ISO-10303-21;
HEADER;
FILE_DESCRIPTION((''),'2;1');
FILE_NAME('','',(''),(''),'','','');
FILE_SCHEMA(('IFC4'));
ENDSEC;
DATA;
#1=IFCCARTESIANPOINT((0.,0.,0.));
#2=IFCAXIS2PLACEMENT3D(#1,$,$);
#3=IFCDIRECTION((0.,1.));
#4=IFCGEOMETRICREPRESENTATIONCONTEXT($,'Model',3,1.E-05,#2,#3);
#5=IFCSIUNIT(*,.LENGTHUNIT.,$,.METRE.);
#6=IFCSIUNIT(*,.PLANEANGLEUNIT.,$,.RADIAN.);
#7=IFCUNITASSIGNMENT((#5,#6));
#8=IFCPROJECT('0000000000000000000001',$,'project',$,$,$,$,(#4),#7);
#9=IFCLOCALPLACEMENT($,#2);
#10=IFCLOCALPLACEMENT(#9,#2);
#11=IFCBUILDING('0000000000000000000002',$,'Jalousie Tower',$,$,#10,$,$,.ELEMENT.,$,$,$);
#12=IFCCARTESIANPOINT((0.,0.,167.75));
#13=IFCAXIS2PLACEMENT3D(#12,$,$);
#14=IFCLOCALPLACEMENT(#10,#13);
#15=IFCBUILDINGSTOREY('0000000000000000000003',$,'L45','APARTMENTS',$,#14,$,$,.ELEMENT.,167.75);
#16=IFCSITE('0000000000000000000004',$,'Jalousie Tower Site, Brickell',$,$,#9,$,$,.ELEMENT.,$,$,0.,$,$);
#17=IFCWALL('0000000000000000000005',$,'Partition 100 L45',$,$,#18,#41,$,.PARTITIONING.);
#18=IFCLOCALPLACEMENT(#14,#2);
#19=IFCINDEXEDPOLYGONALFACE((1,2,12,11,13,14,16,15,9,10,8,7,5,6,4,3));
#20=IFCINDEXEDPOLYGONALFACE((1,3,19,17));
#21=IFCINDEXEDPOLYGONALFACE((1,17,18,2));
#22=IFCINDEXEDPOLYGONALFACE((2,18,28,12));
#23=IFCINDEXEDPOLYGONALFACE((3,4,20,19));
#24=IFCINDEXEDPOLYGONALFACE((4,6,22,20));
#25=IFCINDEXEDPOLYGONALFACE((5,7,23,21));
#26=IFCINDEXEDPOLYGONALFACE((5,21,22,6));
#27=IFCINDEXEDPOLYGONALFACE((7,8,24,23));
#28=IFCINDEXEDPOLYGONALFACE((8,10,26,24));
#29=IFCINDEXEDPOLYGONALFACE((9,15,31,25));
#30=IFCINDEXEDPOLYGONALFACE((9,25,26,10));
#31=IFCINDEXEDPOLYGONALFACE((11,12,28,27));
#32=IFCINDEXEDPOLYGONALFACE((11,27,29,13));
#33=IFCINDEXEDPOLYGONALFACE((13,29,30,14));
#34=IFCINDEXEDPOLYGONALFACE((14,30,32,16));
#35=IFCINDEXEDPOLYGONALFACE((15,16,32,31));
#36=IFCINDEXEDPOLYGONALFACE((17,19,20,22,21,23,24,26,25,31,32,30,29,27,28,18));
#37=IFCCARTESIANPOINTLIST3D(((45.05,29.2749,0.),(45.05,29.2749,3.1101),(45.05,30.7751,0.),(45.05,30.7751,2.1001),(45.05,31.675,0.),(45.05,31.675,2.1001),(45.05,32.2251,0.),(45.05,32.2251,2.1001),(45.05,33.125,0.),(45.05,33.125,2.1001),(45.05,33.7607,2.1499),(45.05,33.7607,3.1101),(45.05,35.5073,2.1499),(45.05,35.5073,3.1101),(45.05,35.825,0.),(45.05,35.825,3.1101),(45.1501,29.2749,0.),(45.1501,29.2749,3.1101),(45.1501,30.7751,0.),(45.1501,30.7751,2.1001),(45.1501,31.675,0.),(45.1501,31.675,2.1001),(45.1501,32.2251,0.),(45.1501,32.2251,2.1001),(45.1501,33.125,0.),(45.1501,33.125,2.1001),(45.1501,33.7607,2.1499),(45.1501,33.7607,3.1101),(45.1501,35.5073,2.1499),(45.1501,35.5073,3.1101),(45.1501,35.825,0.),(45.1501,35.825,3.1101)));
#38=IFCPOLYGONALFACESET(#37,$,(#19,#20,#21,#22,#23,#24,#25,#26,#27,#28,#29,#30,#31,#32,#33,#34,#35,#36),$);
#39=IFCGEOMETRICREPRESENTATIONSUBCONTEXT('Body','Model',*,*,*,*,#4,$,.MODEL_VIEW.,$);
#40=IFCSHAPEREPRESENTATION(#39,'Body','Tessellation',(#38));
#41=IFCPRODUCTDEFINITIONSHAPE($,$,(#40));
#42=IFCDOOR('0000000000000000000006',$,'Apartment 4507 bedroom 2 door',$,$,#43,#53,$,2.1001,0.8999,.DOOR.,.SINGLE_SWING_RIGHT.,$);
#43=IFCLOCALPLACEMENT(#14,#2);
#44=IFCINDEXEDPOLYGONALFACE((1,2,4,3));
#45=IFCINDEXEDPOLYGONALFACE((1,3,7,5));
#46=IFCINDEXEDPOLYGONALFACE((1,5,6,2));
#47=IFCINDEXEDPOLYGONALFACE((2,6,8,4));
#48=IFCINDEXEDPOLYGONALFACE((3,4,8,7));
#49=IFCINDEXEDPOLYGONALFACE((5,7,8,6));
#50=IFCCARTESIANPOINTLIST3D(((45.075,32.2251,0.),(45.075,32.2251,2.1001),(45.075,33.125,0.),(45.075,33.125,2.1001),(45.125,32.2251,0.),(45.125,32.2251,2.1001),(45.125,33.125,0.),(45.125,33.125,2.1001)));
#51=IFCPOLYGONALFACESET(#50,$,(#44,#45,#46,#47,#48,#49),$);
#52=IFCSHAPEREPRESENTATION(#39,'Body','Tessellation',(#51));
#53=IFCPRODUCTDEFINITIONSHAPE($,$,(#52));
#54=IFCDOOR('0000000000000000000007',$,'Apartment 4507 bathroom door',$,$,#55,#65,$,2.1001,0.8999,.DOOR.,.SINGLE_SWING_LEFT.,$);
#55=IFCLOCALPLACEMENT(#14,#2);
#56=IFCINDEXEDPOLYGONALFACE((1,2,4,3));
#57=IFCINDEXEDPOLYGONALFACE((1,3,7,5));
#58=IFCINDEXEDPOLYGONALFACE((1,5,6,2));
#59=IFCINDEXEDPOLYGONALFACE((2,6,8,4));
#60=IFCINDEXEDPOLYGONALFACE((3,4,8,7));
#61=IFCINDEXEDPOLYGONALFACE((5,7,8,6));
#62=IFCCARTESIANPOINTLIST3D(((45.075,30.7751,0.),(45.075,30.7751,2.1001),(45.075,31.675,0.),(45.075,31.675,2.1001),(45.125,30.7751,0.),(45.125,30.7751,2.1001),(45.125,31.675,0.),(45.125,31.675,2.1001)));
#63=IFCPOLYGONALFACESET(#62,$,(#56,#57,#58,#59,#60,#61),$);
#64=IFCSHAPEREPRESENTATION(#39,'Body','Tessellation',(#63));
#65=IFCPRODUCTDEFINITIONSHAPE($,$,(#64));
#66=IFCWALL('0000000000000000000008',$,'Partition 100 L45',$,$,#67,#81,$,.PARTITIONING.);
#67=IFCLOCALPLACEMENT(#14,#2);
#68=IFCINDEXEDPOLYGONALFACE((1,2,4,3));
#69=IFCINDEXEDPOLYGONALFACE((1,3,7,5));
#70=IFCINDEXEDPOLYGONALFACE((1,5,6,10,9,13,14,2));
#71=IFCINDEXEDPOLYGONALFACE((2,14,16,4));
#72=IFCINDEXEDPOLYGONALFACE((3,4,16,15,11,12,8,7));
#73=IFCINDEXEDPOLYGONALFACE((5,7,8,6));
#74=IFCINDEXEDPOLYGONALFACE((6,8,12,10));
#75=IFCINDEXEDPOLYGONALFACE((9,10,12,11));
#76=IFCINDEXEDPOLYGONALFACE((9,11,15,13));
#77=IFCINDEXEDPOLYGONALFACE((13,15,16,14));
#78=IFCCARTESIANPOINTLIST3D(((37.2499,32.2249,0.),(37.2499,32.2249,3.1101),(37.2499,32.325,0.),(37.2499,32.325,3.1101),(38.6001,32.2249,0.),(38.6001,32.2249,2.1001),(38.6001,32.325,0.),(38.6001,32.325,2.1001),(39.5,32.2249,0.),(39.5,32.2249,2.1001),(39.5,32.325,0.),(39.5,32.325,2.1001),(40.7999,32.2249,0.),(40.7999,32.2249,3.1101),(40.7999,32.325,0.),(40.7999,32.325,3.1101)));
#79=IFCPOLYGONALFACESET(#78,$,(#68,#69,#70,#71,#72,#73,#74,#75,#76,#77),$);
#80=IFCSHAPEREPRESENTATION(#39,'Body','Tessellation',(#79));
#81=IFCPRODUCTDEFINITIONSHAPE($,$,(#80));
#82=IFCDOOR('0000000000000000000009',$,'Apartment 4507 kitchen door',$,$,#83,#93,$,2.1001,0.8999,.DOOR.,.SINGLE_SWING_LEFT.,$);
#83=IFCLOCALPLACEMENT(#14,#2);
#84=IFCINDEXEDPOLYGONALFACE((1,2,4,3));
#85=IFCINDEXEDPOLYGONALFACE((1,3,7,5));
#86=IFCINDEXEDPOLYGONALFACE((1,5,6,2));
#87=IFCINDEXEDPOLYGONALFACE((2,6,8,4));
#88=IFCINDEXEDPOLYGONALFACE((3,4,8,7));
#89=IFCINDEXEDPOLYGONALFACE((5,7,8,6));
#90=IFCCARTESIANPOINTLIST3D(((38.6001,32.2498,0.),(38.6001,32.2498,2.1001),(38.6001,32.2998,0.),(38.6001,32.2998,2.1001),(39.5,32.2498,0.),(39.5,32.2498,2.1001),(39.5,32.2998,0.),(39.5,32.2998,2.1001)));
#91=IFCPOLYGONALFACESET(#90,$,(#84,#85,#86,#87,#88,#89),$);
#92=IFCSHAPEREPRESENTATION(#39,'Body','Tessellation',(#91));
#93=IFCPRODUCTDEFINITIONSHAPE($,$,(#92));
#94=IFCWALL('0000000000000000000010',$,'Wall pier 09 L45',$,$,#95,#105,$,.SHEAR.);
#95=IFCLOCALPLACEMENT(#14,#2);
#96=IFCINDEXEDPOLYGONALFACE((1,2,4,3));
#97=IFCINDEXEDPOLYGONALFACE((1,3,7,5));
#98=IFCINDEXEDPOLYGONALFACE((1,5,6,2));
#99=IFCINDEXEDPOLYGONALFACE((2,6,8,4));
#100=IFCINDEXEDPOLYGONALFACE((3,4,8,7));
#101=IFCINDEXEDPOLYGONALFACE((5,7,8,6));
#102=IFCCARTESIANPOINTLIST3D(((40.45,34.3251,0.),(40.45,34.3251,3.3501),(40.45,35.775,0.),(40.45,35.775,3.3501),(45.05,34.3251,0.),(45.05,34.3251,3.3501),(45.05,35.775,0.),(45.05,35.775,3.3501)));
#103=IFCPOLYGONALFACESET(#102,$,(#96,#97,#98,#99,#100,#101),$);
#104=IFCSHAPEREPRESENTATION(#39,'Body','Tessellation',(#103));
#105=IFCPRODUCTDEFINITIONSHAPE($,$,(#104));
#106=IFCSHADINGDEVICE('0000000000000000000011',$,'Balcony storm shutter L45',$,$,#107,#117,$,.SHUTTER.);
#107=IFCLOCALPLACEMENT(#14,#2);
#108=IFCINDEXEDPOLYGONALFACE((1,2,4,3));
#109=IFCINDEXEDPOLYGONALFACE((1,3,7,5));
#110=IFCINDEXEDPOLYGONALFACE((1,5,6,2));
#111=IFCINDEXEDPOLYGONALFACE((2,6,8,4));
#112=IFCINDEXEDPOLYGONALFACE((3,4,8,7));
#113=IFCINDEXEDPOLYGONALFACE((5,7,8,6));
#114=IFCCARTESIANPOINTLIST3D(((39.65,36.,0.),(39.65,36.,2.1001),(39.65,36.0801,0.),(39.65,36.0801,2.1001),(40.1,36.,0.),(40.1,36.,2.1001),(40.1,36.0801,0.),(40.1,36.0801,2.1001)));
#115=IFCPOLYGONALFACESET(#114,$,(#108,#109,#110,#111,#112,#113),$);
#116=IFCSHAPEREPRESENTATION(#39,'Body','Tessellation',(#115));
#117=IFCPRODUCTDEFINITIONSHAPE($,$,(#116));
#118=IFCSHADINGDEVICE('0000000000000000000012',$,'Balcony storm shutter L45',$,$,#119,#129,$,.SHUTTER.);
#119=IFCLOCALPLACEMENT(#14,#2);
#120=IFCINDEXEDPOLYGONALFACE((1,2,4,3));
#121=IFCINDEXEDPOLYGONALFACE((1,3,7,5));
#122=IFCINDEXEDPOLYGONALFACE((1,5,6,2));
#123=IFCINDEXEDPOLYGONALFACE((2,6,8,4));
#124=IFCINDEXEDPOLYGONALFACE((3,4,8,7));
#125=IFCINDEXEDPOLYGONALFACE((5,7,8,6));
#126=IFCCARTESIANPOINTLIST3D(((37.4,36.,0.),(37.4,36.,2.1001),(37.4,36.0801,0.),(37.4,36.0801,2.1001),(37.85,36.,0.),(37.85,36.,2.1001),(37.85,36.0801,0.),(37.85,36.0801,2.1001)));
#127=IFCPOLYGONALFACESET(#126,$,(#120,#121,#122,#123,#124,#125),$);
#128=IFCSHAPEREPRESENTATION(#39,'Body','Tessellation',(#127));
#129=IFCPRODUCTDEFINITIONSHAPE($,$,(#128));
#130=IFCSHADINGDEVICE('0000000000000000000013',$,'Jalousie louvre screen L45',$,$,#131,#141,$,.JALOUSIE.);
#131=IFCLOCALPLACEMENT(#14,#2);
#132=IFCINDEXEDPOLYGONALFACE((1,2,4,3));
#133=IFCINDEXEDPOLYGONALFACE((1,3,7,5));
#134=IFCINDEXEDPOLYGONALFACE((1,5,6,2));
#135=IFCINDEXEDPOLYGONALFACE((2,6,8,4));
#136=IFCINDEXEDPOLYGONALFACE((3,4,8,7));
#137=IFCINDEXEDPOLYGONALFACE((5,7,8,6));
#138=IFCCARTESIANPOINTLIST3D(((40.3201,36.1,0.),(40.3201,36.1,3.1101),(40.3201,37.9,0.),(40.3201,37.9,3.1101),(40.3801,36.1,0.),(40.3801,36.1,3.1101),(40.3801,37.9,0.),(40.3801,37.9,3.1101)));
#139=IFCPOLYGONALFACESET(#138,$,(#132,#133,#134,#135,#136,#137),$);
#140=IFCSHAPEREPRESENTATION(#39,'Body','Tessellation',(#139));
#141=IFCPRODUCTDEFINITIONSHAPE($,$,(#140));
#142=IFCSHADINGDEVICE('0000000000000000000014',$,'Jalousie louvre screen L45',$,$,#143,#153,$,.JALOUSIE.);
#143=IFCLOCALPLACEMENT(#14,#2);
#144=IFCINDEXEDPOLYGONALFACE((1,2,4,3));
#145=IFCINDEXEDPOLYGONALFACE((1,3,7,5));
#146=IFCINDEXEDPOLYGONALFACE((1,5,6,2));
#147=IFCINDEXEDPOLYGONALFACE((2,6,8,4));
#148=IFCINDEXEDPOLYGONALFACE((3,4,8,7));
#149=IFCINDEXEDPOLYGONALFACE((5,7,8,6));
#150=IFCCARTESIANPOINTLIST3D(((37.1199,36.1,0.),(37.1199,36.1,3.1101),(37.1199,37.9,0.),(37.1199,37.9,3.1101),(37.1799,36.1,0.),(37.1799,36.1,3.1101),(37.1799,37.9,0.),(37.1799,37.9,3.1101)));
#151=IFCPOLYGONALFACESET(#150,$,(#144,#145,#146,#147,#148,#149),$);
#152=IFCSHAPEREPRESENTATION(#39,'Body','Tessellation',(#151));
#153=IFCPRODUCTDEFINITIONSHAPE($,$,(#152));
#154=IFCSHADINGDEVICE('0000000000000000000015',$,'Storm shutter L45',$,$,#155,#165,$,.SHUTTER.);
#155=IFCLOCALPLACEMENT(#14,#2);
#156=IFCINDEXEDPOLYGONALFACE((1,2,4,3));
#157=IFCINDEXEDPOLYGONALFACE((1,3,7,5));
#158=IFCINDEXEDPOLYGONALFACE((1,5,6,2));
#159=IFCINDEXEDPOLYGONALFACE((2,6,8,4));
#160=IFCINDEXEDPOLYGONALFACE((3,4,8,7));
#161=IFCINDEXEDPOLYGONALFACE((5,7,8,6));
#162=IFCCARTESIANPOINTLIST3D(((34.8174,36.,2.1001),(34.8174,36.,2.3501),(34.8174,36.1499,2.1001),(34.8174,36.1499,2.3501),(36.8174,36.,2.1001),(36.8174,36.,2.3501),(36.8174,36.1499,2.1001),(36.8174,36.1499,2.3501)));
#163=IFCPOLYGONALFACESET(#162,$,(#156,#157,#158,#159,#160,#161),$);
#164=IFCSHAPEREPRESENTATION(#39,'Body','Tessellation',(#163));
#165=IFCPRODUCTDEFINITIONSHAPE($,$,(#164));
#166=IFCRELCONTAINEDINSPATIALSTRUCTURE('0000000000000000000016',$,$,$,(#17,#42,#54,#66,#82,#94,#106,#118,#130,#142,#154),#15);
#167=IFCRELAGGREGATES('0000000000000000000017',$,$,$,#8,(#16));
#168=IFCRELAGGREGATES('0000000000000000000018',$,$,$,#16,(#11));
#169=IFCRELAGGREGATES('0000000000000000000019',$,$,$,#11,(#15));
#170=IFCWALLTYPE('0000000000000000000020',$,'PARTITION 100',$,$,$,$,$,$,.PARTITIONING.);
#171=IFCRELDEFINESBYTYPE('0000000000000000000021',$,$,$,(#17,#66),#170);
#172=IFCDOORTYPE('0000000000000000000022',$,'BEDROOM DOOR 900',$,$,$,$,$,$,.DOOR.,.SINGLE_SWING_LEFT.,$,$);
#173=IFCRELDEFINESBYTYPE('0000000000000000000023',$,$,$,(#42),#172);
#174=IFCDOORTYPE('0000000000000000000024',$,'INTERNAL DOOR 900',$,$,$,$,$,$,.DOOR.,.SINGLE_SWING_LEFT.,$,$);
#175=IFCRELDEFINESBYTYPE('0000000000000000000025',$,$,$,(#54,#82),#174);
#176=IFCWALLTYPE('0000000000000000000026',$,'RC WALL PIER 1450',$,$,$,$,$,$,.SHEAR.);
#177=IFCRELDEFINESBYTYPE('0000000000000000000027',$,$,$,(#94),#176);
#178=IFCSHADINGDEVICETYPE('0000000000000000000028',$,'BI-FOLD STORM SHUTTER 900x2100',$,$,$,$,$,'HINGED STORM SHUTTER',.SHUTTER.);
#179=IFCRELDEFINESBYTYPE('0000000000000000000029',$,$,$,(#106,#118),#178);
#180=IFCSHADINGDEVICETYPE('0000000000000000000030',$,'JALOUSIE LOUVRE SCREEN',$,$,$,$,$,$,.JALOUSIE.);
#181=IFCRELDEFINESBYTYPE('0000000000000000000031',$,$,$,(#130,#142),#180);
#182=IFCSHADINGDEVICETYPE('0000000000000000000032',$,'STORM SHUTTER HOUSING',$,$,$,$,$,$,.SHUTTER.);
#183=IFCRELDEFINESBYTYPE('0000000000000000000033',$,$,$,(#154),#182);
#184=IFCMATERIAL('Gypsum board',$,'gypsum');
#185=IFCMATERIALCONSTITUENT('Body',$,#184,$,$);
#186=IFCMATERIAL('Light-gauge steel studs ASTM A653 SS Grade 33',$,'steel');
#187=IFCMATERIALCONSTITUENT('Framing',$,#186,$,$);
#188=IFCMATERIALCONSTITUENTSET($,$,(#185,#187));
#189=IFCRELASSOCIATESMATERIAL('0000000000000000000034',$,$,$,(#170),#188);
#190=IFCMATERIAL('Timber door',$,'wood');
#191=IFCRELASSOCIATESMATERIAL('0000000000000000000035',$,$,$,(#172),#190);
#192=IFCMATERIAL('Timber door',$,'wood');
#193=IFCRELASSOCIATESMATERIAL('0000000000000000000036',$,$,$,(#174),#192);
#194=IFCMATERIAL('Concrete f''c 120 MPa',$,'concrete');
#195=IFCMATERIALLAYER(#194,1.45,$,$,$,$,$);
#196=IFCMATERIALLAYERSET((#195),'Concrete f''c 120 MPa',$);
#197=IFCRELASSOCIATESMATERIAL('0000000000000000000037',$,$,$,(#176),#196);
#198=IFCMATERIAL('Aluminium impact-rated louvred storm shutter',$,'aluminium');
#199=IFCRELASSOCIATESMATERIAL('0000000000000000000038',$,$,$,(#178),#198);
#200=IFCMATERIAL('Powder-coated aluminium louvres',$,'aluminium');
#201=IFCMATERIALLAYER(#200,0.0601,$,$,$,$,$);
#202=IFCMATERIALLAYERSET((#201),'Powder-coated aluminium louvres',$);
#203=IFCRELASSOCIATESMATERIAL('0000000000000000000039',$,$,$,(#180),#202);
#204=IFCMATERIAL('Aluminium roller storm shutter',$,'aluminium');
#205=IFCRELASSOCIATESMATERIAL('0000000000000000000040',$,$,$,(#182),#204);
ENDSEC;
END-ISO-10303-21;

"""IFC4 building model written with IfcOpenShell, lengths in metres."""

from ifc_helpers import new_model, si_unit, direction, frame, frame_2d, origin, origin_2d, place, context, subcontext, project, spatial, polyline, rectangle, outline, extrude, material, layer, layer_set, constituent, constituent_set, type_object, element, fill, save


model = new_model("IFC4")

# Units and contexts
model_context = context("Model", 3, precision=1e-05, world=origin(), true_north=direction((0.0, 1.0)))
body_context = subcontext(model_context, "Body", "Model", "MODEL_VIEW")
ifc_project = project(units=[si_unit("LENGTHUNIT", "METRE"), si_unit("PLANEANGLEUNIT", "RADIAN")], contexts=[model_context])

# Site, building, storey
site_placement = place(None, origin())
site = spatial("IfcSite", under=ifc_project, at=site_placement, Name="Jalousie Tower Site, Brickell", CompositionType="ELEMENT", RefElevation=0.0)
building_placement = place(site_placement, origin())
building = spatial("IfcBuilding", under=site, at=building_placement, Name="Jalousie Tower", CompositionType="ELEMENT")
storey_placement = place(building_placement, frame((0.0, 0.0, 167.75)))
storey = spatial("IfcBuildingStorey", under=building, at=storey_placement, Name="L45", Description="APARTMENTS", CompositionType="ELEMENT", Elevation=167.75)

# Shared definitions
ifc_material_1 = material(Name="Gypsum board", Category="gypsum")
ifc_constituent_1 = constituent(ifc_material_1, Name="Body")
ifc_material_2 = material(Name="Light-gauge steel studs ASTM A653 SS Grade 33", Category="steel")
ifc_constituent_2 = constituent(ifc_material_2, Name="Framing")
ifc_constituent_set = constituent_set(constituents=[ifc_constituent_1, ifc_constituent_2])
wall_type_1 = type_object("IfcWallType", Name="PARTITION 100", PredefinedType="PARTITIONING", material=ifc_constituent_set)
ifc_material_3 = material(Name="Timber door", Category="wood")
door_type_1 = type_object("IfcDoorType", Name="BEDROOM DOOR 900", OperationType="SINGLE_SWING_LEFT", PredefinedType="DOOR", material=ifc_material_3)

# Wall, openings, doors
wall_1_placement = place(storey_placement, frame((45.1001, 35.825, 0.0), z_axis=(0.0, 0.0, 1.0), x_axis=(0.0, -1.0, 0.0)))
wall_1 = element("IfcWall", 1, at=wall_1_placement, inside=storey, type_object=wall_type_1, Name="Partition 100 L45", PredefinedType="PARTITIONING", context=body_context, shape_type="SweptSolid", body=[
    extrude(outline(polyline([(0.0, 0.0), (6.55, 0.0), (6.55, 3.1101), (2.0642, 3.1101), (2.0642, 2.1499), (0.3176, 2.1499), (0.3176, 3.1101), (0.0, 3.1101), (0.0, 0.0)])), frame((0.0, 0.05, 0.0), z_axis=(0.0, -1.0, 0.0), x_axis=(1.0, 0.0, 0.0)), (0.0, 0.0, 1.0), 0.1001),
])
opening_1_placement = place(wall_1_placement, frame((2.7, 0.0, 0.0)))
opening_1 = element("IfcOpeningElement", 2, at=opening_1_placement, cuts=wall_1, PredefinedType="OPENING", context=body_context, shape_type="SweptSolid", body=[
    extrude(rectangle(XDim=0.8999, YDim=2.1001, at=frame_2d((0.45, 1.05))), frame((0.0, 0.0601, 0.0), z_axis=(0.0, -1.0, 0.0), x_axis=(1.0, 0.0, 0.0)), (0.0, 0.0, 1.0), 0.1201),
])
opening_2_placement = place(wall_1_placement, frame((4.1499, 0.0, 0.0)))
opening_2 = element("IfcOpeningElement", 3, at=opening_2_placement, cuts=wall_1, PredefinedType="OPENING", context=body_context, shape_type="SweptSolid", body=[
    extrude(rectangle(XDim=0.8999, YDim=2.1001, at=frame_2d((0.45, 1.05))), frame((0.0, 0.0601, 0.0), z_axis=(0.0, -1.0, 0.0), x_axis=(1.0, 0.0, 0.0)), (0.0, 0.0, 1.0), 0.1201),
])
door_1_placement = place(opening_1_placement, origin())
door_1 = element("IfcDoor", 4, at=door_1_placement, inside=storey, type_object=door_type_1, Name="Apartment 4507 bedroom 2 door", OperationType="SINGLE_SWING_RIGHT", OverallHeight=2.1001, OverallWidth=0.8999, PredefinedType="DOOR", context=body_context, shape_type="SweptSolid", body=[
    extrude(rectangle(XDim=0.8999, YDim=2.1001, at=frame_2d((0.45, 1.05))), frame((0.0, 0.0249, 0.0), z_axis=(0.0, -1.0, 0.0), x_axis=(1.0, 0.0, 0.0)), (0.0, 0.0, 1.0), 0.05),
])
fill(opening_1, door_1)
ifc_material_4 = material(Name="Timber door", Category="wood")
door_type_2 = type_object("IfcDoorType", Name="INTERNAL DOOR 900", OperationType="SINGLE_SWING_LEFT", PredefinedType="DOOR", material=ifc_material_4)
door_2_placement = place(opening_2_placement, origin())
door_2 = element("IfcDoor", 5, at=door_2_placement, inside=storey, type_object=door_type_2, Name="Apartment 4507 bathroom door", OperationType="SINGLE_SWING_LEFT", OverallHeight=2.1001, OverallWidth=0.8999, PredefinedType="DOOR", context=body_context, shape_type="SweptSolid", body=[
    extrude(rectangle(XDim=0.8999, YDim=2.1001, at=frame_2d((0.45, 1.05))), frame((0.0, 0.0249, 0.0), z_axis=(0.0, -1.0, 0.0), x_axis=(1.0, 0.0, 0.0)), (0.0, 0.0, 1.0), 0.05),
])
fill(opening_2, door_2)

# Wall, opening, door
wall_2_placement = place(storey_placement, frame((37.25, 32.2749, 0.0), z_axis=(0.0, 0.0, 1.0), x_axis=(1.0, 0.0, 0.0)))
wall_2 = element("IfcWall", 6, at=wall_2_placement, inside=storey, type_object=wall_type_1, Name="Partition 100 L45", PredefinedType="PARTITIONING", context=body_context, shape_type="SweptSolid", body=[
    extrude(rectangle(XDim=3.55, YDim=0.1001, at=frame_2d((1.7749, 0.0))), origin(), (0.0, 0.0, 1.0), 3.1101),
])
opening_3_placement = place(wall_2_placement, frame((1.3501, 0.0, 0.0)))
opening_3 = element("IfcOpeningElement", 7, at=opening_3_placement, cuts=wall_2, PredefinedType="OPENING", context=body_context, shape_type="SweptSolid", body=[
    extrude(rectangle(XDim=0.8999, YDim=2.1001, at=frame_2d((0.45, 1.05))), frame((0.0, 0.0601, 0.0), z_axis=(0.0, -1.0, 0.0), x_axis=(1.0, 0.0, 0.0)), (0.0, 0.0, 1.0), 0.1201),
])
door_3_placement = place(opening_3_placement, origin())
door_3 = element("IfcDoor", 8, at=door_3_placement, inside=storey, type_object=door_type_2, Name="Apartment 4507 kitchen door", OperationType="SINGLE_SWING_LEFT", OverallHeight=2.1001, OverallWidth=0.8999, PredefinedType="DOOR", context=body_context, shape_type="SweptSolid", body=[
    extrude(rectangle(XDim=0.8999, YDim=2.1001, at=frame_2d((0.45, 1.05))), frame((0.0, 0.0249, 0.0), z_axis=(0.0, -1.0, 0.0), x_axis=(1.0, 0.0, 0.0)), (0.0, 0.0, 1.0), 0.05),
])
fill(opening_3, door_3)

# Wall
ifc_material_5 = material(Name="Concrete f'c 120 MPa", Category="concrete")
ifc_layer_1 = layer(ifc_material_5, 1.45)
ifc_layer_set_1 = layer_set([ifc_layer_1], Name="Concrete f'c 120 MPa")
wall_type_2 = type_object("IfcWallType", Name="RC WALL PIER 1450", PredefinedType="SHEAR", material=ifc_layer_set_1)
wall_3_placement = place(storey_placement, frame((40.45, 35.05, 0.0), z_axis=(0.0, 0.0, 1.0), x_axis=(1.0, 0.0, 0.0)))
element("IfcWall", 9, at=wall_3_placement, inside=storey, type_object=wall_type_2, Name="Wall pier 09 L45", PredefinedType="SHEAR", context=body_context, shape_type="SweptSolid", body=[
    extrude(rectangle(XDim=4.6001, YDim=1.45, at=frame_2d((2.3, 0.0))), origin(), (0.0, 0.0, 1.0), 3.3501),
])

# Shading devices
ifc_material_6 = material(Name="Aluminium impact-rated louvred storm shutter", Category="aluminium")
shading_device_type_1 = type_object("IfcShadingDeviceType", Name="BI-FOLD STORM SHUTTER 900x2100", ElementType="HINGED STORM SHUTTER", PredefinedType="SHUTTER", material=ifc_material_6)
for number, where, z_axis, x_axis, name in (
    (10, (39.875, 36.04, 0.0), (0.0, 0.0, 1.0), (-1.0, 0.0, 0.0), "Balcony storm shutter L45"),
    (11, (37.625, 36.04, 0.0), (0.0, 0.0, 1.0), (-1.0, 0.0, 0.0), "Balcony storm shutter L45"),
):
    element("IfcShadingDevice", number, at=place(storey_placement, frame(where, z_axis=z_axis, x_axis=x_axis)), inside=storey, type_object=shading_device_type_1, Name=name, PredefinedType="SHUTTER", context=body_context, shape_type="SweptSolid", body=[
        extrude(rectangle(XDim=0.45, YDim=0.0801, at=origin_2d()), origin(), (0.0, 0.0, 1.0), 2.1001),
    ])

# Shading devices
ifc_material_7 = material(Name="Powder-coated aluminium louvres", Category="aluminium")
ifc_layer_2 = layer(ifc_material_7, 0.0601)
ifc_layer_set_2 = layer_set([ifc_layer_2], Name="Powder-coated aluminium louvres")
shading_device_type_2 = type_object("IfcShadingDeviceType", Name="JALOUSIE LOUVRE SCREEN", PredefinedType="JALOUSIE", material=ifc_layer_set_2)
for number, where, z_axis, x_axis, name in (
    (12, (40.3501, 37.0, 0.0), (0.0, 0.0, 1.0), (-1.0, 0.0, 0.0), "Jalousie louvre screen L45"),
    (13, (37.1499, 37.0, 0.0), (0.0, 0.0, 1.0), (-1.0, 0.0, 0.0), "Jalousie louvre screen L45"),
):
    element("IfcShadingDevice", number, at=place(storey_placement, frame(where, z_axis=z_axis, x_axis=x_axis)), inside=storey, type_object=shading_device_type_2, Name=name, PredefinedType="JALOUSIE", context=body_context, shape_type="SweptSolid", body=[
        extrude(rectangle(XDim=0.0601, YDim=1.8, at=origin_2d()), origin(), (0.0, 0.0, 1.0), 3.1101),
    ])
ifc_material_8 = material(Name="Aluminium roller storm shutter", Category="aluminium")
shading_device_type_3 = type_object("IfcShadingDeviceType", Name="STORM SHUTTER HOUSING", PredefinedType="SHUTTER", material=ifc_material_8)
shading_device_placement = place(storey_placement, frame((35.8174, 36.075, 2.1001), z_axis=(0.0, 0.0, 1.0), x_axis=(-1.0, 0.0, 0.0)))
element("IfcShadingDevice", 14, at=shading_device_placement, inside=storey, type_object=shading_device_type_3, Name="Storm shutter L45", PredefinedType="SHUTTER", context=body_context, shape_type="SweptSolid", body=[
    extrude(rectangle(XDim=2.0, YDim=0.1499, at=origin_2d()), origin(), (0.0, 0.0, 1.0), 0.25),
])

save(model, "model.ifc")
